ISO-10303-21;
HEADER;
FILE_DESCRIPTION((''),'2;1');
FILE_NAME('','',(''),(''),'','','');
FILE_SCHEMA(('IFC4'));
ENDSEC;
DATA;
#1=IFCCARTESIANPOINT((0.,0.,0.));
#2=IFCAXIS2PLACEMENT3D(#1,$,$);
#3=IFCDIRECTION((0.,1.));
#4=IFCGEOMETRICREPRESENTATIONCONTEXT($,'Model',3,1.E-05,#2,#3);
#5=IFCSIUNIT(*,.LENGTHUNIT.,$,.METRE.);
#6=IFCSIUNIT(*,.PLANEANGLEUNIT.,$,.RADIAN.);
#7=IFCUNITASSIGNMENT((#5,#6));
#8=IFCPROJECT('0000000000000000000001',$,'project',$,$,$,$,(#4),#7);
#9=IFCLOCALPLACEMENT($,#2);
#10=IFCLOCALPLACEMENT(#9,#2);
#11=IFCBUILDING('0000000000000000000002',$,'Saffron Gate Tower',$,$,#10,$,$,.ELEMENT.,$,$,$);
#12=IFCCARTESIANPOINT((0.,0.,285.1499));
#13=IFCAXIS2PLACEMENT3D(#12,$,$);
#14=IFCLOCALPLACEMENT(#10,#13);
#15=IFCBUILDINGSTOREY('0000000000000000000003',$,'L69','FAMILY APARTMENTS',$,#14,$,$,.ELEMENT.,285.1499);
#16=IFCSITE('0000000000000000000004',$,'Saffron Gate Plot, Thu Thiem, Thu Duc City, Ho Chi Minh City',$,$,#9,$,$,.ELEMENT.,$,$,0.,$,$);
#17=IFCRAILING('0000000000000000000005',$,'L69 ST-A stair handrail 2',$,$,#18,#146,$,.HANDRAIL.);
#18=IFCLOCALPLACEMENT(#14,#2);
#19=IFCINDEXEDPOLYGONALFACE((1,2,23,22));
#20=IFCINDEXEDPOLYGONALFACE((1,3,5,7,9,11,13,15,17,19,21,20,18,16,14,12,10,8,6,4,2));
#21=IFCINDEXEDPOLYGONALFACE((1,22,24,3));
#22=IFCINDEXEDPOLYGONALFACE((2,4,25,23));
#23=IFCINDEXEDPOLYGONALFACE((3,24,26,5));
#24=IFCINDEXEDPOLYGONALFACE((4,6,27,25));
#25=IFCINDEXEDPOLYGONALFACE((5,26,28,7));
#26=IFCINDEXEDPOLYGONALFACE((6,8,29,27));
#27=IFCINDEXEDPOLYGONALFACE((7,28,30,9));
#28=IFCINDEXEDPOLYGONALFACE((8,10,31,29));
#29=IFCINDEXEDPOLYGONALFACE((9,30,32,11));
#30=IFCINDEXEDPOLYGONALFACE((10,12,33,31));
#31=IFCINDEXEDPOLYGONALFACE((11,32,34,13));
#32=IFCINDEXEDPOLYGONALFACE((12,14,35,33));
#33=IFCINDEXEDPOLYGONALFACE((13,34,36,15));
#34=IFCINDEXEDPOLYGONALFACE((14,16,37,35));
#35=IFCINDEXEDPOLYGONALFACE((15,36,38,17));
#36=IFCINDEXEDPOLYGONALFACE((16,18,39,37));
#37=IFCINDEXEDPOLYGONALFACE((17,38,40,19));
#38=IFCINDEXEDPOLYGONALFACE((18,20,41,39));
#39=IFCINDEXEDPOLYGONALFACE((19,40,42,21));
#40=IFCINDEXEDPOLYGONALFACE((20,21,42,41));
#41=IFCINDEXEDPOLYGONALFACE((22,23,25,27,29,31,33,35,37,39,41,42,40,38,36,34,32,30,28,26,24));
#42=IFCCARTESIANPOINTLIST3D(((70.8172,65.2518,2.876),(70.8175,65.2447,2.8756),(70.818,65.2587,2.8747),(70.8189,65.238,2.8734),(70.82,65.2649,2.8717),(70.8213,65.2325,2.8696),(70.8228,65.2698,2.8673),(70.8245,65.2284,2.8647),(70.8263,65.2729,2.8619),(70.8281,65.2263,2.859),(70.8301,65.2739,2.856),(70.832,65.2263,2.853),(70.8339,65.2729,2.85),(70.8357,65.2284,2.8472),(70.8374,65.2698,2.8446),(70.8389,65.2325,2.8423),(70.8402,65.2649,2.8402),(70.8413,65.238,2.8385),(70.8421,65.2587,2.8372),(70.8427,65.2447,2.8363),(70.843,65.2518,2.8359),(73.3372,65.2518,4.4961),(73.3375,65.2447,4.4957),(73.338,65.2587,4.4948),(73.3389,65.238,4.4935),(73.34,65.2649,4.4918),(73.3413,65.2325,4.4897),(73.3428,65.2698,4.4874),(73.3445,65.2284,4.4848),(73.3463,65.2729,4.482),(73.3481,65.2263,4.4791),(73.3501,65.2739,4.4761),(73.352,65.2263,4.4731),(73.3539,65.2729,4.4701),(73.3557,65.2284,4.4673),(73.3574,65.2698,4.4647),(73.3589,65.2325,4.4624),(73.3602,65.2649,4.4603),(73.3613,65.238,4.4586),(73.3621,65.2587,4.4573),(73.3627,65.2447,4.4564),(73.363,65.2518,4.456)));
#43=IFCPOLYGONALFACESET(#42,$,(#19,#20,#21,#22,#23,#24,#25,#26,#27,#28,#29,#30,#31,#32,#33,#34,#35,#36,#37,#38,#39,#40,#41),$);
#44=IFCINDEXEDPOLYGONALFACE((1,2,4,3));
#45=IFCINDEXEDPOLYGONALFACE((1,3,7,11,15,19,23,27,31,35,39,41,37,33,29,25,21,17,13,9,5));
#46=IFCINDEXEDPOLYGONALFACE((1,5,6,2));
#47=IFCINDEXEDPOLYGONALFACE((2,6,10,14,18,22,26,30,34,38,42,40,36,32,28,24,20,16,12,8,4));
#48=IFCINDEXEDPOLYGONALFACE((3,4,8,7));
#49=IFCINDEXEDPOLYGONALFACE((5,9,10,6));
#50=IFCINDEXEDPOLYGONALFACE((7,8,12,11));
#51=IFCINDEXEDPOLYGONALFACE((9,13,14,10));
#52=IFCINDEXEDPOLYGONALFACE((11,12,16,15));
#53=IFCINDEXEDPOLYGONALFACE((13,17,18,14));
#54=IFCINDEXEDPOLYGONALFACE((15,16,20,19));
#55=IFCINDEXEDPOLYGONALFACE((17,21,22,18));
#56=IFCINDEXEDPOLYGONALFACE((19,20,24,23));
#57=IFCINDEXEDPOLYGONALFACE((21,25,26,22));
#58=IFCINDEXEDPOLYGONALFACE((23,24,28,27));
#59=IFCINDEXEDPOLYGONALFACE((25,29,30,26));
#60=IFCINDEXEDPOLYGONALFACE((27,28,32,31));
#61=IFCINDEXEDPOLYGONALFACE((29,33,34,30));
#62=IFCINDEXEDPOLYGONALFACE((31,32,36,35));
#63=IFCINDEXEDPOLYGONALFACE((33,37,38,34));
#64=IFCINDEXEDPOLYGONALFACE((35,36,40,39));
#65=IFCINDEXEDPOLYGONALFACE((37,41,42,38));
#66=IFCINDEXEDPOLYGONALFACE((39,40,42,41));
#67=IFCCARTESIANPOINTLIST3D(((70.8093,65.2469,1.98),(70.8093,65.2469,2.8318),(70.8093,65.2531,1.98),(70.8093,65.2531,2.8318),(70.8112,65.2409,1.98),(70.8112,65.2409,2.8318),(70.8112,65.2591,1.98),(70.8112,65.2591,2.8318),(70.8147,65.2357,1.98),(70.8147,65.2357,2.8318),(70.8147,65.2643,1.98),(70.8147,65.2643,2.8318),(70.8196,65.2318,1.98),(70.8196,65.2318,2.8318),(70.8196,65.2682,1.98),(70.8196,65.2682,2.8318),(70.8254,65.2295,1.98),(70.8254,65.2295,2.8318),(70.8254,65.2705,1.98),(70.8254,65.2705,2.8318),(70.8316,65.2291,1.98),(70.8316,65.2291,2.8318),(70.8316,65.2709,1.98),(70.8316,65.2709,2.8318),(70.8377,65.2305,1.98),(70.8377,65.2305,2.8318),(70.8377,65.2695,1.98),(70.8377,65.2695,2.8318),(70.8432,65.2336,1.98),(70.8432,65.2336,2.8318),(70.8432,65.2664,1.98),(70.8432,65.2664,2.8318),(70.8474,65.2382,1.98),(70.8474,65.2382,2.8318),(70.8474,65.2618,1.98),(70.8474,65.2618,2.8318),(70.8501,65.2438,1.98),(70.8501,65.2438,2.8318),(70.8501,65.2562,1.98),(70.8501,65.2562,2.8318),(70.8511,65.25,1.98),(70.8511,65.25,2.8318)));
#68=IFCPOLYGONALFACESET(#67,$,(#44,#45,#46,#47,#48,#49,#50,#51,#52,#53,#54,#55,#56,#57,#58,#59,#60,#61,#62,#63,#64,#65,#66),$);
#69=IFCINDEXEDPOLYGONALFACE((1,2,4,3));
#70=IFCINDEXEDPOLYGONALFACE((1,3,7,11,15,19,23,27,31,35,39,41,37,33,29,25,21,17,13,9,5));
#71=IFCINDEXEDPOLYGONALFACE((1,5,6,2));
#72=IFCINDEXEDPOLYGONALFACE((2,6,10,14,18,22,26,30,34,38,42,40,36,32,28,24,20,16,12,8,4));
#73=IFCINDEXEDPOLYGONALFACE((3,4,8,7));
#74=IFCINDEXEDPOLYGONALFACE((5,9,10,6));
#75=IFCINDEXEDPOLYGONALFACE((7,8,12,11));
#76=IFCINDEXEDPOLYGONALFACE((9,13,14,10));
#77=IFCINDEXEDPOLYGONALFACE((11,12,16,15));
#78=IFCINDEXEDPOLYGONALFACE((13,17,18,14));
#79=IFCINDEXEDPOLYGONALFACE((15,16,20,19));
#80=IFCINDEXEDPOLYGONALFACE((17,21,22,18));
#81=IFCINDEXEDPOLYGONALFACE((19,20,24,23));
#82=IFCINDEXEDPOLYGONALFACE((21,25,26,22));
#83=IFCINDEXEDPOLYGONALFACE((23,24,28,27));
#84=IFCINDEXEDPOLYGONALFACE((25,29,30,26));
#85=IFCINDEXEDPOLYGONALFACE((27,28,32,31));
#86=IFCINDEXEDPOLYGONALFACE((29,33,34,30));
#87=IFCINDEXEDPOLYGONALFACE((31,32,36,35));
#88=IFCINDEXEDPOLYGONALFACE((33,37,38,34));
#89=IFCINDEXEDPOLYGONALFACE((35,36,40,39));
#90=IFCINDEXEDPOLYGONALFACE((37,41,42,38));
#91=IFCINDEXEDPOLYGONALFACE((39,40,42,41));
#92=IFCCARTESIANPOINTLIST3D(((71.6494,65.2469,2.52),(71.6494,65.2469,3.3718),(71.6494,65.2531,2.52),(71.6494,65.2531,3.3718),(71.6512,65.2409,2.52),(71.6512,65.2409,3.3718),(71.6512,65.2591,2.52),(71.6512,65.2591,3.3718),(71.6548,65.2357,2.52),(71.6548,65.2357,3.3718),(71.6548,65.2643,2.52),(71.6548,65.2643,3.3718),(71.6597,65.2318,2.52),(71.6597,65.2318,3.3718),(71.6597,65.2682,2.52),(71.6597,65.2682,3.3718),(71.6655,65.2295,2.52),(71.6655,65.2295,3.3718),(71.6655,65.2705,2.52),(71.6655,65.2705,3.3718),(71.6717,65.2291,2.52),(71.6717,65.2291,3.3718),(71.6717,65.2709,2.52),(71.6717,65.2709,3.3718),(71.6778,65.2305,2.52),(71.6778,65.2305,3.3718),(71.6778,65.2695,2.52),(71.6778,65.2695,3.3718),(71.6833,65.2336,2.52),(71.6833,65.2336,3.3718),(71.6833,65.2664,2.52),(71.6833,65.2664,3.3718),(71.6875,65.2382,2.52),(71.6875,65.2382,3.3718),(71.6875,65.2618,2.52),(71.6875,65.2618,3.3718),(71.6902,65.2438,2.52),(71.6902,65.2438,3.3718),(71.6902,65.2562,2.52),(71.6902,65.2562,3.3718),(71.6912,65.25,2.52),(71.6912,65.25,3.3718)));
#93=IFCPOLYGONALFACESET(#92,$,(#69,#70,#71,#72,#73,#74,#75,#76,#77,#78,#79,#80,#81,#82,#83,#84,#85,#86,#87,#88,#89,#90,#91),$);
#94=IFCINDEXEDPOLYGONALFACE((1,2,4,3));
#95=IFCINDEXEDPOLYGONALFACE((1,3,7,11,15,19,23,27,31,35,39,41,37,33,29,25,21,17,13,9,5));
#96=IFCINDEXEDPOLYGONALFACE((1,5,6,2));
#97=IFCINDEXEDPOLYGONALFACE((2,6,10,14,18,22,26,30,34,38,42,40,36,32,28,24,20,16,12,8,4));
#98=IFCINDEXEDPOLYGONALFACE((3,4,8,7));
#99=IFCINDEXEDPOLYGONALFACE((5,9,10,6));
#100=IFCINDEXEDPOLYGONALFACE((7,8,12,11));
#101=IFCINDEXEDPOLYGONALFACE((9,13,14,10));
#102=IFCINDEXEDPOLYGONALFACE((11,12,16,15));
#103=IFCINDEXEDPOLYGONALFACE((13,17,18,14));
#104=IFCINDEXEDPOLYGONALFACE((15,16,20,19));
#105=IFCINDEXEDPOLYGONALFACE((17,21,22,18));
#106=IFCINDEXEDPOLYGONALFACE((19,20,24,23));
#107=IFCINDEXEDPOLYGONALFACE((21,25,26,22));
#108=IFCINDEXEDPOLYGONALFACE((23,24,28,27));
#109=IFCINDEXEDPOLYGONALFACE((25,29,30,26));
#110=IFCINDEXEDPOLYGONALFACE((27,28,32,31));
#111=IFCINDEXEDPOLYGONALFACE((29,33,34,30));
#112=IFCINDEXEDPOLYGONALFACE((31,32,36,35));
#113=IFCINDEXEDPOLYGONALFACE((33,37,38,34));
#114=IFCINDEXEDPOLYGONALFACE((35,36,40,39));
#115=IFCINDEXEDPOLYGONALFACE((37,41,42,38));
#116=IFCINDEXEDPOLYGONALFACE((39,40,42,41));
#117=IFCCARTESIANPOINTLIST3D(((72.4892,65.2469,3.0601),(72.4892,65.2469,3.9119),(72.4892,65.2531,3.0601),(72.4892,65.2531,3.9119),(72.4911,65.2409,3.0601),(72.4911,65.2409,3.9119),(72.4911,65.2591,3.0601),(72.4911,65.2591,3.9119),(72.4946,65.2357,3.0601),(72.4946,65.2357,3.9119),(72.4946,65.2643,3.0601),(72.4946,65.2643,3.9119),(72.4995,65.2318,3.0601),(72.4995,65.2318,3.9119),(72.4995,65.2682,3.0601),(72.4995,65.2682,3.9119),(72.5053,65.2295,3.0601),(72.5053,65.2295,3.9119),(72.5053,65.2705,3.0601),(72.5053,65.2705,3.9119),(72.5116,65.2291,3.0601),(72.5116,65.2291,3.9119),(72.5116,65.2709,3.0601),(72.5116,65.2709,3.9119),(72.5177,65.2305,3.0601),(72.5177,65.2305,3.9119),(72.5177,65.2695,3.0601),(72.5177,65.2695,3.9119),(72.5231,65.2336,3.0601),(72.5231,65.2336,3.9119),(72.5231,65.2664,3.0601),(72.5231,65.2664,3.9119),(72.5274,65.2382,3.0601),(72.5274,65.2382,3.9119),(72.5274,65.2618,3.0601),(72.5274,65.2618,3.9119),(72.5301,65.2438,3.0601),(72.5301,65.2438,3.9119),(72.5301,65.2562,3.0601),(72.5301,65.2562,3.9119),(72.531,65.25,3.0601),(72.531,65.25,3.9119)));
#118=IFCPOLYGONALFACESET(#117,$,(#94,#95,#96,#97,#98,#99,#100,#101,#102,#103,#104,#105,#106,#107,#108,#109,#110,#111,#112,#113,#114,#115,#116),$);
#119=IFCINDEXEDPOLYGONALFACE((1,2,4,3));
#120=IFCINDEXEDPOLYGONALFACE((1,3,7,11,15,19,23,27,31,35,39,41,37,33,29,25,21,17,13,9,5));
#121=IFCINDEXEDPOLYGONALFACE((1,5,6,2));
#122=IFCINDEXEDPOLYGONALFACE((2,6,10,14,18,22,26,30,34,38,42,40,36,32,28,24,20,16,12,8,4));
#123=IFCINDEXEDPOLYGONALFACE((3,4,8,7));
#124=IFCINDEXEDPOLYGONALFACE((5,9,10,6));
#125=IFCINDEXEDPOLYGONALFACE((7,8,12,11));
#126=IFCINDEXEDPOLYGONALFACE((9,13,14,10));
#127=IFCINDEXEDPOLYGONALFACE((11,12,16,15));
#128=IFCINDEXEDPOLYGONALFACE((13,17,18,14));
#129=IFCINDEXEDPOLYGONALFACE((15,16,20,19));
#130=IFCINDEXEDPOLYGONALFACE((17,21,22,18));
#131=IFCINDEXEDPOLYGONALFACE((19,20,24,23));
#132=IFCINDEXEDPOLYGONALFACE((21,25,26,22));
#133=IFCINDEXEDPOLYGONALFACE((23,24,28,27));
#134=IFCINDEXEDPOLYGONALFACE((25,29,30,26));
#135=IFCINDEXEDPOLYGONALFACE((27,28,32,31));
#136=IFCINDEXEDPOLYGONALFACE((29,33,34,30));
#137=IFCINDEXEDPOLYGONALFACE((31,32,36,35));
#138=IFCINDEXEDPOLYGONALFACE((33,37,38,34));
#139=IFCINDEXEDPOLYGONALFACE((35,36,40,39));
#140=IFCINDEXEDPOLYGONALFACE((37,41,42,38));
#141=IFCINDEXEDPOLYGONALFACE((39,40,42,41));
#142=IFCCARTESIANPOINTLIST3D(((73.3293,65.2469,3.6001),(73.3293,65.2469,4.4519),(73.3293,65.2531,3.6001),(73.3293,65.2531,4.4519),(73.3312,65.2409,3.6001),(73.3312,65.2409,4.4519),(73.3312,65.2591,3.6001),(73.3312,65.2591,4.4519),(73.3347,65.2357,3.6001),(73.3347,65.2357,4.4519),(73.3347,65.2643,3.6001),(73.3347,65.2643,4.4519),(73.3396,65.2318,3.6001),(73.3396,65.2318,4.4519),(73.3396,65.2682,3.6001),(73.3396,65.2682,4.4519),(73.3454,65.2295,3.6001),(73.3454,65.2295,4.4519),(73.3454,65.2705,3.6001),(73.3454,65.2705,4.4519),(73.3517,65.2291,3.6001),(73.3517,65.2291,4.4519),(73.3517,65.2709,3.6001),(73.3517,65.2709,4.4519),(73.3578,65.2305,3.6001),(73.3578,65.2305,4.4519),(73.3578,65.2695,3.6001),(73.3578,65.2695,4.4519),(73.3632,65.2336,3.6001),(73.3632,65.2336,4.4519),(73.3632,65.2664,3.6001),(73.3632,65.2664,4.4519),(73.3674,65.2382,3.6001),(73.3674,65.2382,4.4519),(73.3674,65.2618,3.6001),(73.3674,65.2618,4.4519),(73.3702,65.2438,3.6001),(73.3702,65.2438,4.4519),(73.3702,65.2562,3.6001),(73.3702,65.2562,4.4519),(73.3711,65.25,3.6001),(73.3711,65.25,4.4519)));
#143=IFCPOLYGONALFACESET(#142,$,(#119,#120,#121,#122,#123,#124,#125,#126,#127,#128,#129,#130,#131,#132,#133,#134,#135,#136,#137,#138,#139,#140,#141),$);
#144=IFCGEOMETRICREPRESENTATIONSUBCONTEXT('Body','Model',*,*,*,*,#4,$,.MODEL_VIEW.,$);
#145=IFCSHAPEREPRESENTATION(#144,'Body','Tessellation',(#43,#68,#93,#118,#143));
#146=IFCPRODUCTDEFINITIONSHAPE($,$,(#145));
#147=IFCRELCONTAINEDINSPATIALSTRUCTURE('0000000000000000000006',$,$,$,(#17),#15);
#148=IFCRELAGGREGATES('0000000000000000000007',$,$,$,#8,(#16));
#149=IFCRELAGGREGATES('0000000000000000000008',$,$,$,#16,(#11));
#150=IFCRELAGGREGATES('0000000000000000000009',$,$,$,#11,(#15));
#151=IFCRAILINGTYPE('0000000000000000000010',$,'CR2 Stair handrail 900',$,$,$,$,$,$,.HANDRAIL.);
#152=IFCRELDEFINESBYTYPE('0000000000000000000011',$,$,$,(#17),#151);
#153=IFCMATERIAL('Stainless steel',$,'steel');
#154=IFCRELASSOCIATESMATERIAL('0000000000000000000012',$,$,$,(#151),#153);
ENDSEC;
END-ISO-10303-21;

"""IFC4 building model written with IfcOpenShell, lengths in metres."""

from ifc_helpers import new_model, si_unit, direction, frame, origin, origin_2d, place, context, subcontext, project, spatial, circle, extrude, material, type_object, element, save


model = new_model("IFC4")

# Units and contexts
model_context = context("Model", 3, precision=1e-05, world=origin(), true_north=direction((0.0, 1.0)))
body_context = subcontext(model_context, "Body", "Model", "MODEL_VIEW")
ifc_project = project(units=[si_unit("LENGTHUNIT", "METRE"), si_unit("PLANEANGLEUNIT", "RADIAN")], contexts=[model_context])

# Site, building, storey
site_placement = place(None, origin())
site = spatial("IfcSite", under=ifc_project, at=site_placement, Name="Saffron Gate Plot, Thu Thiem, Thu Duc City, Ho Chi Minh City", CompositionType="ELEMENT", RefElevation=0.0)
building_placement = place(site_placement, origin())
building = spatial("IfcBuilding", under=site, at=building_placement, Name="Saffron Gate Tower", CompositionType="ELEMENT")
storey_placement = place(building_placement, frame((0.0, 0.0, 285.1499)))
storey = spatial("IfcBuildingStorey", under=building, at=storey_placement, Name="L69", Description="FAMILY APARTMENTS", CompositionType="ELEMENT", Elevation=285.1499)

# Railing
ifc_material_1 = material(Name="Stainless steel", Category="steel")
railing_type_1 = type_object("IfcRailingType", Name="CR2 Stair handrail 900", PredefinedType="HANDRAIL", material=ifc_material_1)
railing_1_placement = place(storey_placement, frame((70.8301, 65.25, 1.98)))
element("IfcRailing", 1, at=railing_1_placement, inside=storey, type_object=railing_type_1, Name="L69 ST-A stair handrail 2", PredefinedType="HANDRAIL", context=body_context, shape_type="SweptSolid", body=[
    extrude(circle(Radius=0.0239, at=origin_2d()), frame((0.0, 0.0, 0.876), z_axis=(0.841163, 0.0, 0.540782), x_axis=(0.0, 1.0, 0.0)), (0.0, 0.0, 1.0), 2.9958),
    extrude(circle(Radius=0.021, at=origin_2d()), origin(), (0.0, 0.0, 1.0), 0.8518),
    extrude(circle(Radius=0.021, at=origin_2d()), frame((0.8401, 0.0, 0.54)), (0.0, 0.0, 1.0), 0.8518),
    extrude(circle(Radius=0.021, at=origin_2d()), frame((1.6799, 0.0, 1.0801)), (0.0, 0.0, 1.0), 0.8518),
    extrude(circle(Radius=0.021, at=origin_2d()), frame((2.52, 0.0, 1.6201)), (0.0, 0.0, 1.0), 0.8518),
])

save(model, "model.ifc")
